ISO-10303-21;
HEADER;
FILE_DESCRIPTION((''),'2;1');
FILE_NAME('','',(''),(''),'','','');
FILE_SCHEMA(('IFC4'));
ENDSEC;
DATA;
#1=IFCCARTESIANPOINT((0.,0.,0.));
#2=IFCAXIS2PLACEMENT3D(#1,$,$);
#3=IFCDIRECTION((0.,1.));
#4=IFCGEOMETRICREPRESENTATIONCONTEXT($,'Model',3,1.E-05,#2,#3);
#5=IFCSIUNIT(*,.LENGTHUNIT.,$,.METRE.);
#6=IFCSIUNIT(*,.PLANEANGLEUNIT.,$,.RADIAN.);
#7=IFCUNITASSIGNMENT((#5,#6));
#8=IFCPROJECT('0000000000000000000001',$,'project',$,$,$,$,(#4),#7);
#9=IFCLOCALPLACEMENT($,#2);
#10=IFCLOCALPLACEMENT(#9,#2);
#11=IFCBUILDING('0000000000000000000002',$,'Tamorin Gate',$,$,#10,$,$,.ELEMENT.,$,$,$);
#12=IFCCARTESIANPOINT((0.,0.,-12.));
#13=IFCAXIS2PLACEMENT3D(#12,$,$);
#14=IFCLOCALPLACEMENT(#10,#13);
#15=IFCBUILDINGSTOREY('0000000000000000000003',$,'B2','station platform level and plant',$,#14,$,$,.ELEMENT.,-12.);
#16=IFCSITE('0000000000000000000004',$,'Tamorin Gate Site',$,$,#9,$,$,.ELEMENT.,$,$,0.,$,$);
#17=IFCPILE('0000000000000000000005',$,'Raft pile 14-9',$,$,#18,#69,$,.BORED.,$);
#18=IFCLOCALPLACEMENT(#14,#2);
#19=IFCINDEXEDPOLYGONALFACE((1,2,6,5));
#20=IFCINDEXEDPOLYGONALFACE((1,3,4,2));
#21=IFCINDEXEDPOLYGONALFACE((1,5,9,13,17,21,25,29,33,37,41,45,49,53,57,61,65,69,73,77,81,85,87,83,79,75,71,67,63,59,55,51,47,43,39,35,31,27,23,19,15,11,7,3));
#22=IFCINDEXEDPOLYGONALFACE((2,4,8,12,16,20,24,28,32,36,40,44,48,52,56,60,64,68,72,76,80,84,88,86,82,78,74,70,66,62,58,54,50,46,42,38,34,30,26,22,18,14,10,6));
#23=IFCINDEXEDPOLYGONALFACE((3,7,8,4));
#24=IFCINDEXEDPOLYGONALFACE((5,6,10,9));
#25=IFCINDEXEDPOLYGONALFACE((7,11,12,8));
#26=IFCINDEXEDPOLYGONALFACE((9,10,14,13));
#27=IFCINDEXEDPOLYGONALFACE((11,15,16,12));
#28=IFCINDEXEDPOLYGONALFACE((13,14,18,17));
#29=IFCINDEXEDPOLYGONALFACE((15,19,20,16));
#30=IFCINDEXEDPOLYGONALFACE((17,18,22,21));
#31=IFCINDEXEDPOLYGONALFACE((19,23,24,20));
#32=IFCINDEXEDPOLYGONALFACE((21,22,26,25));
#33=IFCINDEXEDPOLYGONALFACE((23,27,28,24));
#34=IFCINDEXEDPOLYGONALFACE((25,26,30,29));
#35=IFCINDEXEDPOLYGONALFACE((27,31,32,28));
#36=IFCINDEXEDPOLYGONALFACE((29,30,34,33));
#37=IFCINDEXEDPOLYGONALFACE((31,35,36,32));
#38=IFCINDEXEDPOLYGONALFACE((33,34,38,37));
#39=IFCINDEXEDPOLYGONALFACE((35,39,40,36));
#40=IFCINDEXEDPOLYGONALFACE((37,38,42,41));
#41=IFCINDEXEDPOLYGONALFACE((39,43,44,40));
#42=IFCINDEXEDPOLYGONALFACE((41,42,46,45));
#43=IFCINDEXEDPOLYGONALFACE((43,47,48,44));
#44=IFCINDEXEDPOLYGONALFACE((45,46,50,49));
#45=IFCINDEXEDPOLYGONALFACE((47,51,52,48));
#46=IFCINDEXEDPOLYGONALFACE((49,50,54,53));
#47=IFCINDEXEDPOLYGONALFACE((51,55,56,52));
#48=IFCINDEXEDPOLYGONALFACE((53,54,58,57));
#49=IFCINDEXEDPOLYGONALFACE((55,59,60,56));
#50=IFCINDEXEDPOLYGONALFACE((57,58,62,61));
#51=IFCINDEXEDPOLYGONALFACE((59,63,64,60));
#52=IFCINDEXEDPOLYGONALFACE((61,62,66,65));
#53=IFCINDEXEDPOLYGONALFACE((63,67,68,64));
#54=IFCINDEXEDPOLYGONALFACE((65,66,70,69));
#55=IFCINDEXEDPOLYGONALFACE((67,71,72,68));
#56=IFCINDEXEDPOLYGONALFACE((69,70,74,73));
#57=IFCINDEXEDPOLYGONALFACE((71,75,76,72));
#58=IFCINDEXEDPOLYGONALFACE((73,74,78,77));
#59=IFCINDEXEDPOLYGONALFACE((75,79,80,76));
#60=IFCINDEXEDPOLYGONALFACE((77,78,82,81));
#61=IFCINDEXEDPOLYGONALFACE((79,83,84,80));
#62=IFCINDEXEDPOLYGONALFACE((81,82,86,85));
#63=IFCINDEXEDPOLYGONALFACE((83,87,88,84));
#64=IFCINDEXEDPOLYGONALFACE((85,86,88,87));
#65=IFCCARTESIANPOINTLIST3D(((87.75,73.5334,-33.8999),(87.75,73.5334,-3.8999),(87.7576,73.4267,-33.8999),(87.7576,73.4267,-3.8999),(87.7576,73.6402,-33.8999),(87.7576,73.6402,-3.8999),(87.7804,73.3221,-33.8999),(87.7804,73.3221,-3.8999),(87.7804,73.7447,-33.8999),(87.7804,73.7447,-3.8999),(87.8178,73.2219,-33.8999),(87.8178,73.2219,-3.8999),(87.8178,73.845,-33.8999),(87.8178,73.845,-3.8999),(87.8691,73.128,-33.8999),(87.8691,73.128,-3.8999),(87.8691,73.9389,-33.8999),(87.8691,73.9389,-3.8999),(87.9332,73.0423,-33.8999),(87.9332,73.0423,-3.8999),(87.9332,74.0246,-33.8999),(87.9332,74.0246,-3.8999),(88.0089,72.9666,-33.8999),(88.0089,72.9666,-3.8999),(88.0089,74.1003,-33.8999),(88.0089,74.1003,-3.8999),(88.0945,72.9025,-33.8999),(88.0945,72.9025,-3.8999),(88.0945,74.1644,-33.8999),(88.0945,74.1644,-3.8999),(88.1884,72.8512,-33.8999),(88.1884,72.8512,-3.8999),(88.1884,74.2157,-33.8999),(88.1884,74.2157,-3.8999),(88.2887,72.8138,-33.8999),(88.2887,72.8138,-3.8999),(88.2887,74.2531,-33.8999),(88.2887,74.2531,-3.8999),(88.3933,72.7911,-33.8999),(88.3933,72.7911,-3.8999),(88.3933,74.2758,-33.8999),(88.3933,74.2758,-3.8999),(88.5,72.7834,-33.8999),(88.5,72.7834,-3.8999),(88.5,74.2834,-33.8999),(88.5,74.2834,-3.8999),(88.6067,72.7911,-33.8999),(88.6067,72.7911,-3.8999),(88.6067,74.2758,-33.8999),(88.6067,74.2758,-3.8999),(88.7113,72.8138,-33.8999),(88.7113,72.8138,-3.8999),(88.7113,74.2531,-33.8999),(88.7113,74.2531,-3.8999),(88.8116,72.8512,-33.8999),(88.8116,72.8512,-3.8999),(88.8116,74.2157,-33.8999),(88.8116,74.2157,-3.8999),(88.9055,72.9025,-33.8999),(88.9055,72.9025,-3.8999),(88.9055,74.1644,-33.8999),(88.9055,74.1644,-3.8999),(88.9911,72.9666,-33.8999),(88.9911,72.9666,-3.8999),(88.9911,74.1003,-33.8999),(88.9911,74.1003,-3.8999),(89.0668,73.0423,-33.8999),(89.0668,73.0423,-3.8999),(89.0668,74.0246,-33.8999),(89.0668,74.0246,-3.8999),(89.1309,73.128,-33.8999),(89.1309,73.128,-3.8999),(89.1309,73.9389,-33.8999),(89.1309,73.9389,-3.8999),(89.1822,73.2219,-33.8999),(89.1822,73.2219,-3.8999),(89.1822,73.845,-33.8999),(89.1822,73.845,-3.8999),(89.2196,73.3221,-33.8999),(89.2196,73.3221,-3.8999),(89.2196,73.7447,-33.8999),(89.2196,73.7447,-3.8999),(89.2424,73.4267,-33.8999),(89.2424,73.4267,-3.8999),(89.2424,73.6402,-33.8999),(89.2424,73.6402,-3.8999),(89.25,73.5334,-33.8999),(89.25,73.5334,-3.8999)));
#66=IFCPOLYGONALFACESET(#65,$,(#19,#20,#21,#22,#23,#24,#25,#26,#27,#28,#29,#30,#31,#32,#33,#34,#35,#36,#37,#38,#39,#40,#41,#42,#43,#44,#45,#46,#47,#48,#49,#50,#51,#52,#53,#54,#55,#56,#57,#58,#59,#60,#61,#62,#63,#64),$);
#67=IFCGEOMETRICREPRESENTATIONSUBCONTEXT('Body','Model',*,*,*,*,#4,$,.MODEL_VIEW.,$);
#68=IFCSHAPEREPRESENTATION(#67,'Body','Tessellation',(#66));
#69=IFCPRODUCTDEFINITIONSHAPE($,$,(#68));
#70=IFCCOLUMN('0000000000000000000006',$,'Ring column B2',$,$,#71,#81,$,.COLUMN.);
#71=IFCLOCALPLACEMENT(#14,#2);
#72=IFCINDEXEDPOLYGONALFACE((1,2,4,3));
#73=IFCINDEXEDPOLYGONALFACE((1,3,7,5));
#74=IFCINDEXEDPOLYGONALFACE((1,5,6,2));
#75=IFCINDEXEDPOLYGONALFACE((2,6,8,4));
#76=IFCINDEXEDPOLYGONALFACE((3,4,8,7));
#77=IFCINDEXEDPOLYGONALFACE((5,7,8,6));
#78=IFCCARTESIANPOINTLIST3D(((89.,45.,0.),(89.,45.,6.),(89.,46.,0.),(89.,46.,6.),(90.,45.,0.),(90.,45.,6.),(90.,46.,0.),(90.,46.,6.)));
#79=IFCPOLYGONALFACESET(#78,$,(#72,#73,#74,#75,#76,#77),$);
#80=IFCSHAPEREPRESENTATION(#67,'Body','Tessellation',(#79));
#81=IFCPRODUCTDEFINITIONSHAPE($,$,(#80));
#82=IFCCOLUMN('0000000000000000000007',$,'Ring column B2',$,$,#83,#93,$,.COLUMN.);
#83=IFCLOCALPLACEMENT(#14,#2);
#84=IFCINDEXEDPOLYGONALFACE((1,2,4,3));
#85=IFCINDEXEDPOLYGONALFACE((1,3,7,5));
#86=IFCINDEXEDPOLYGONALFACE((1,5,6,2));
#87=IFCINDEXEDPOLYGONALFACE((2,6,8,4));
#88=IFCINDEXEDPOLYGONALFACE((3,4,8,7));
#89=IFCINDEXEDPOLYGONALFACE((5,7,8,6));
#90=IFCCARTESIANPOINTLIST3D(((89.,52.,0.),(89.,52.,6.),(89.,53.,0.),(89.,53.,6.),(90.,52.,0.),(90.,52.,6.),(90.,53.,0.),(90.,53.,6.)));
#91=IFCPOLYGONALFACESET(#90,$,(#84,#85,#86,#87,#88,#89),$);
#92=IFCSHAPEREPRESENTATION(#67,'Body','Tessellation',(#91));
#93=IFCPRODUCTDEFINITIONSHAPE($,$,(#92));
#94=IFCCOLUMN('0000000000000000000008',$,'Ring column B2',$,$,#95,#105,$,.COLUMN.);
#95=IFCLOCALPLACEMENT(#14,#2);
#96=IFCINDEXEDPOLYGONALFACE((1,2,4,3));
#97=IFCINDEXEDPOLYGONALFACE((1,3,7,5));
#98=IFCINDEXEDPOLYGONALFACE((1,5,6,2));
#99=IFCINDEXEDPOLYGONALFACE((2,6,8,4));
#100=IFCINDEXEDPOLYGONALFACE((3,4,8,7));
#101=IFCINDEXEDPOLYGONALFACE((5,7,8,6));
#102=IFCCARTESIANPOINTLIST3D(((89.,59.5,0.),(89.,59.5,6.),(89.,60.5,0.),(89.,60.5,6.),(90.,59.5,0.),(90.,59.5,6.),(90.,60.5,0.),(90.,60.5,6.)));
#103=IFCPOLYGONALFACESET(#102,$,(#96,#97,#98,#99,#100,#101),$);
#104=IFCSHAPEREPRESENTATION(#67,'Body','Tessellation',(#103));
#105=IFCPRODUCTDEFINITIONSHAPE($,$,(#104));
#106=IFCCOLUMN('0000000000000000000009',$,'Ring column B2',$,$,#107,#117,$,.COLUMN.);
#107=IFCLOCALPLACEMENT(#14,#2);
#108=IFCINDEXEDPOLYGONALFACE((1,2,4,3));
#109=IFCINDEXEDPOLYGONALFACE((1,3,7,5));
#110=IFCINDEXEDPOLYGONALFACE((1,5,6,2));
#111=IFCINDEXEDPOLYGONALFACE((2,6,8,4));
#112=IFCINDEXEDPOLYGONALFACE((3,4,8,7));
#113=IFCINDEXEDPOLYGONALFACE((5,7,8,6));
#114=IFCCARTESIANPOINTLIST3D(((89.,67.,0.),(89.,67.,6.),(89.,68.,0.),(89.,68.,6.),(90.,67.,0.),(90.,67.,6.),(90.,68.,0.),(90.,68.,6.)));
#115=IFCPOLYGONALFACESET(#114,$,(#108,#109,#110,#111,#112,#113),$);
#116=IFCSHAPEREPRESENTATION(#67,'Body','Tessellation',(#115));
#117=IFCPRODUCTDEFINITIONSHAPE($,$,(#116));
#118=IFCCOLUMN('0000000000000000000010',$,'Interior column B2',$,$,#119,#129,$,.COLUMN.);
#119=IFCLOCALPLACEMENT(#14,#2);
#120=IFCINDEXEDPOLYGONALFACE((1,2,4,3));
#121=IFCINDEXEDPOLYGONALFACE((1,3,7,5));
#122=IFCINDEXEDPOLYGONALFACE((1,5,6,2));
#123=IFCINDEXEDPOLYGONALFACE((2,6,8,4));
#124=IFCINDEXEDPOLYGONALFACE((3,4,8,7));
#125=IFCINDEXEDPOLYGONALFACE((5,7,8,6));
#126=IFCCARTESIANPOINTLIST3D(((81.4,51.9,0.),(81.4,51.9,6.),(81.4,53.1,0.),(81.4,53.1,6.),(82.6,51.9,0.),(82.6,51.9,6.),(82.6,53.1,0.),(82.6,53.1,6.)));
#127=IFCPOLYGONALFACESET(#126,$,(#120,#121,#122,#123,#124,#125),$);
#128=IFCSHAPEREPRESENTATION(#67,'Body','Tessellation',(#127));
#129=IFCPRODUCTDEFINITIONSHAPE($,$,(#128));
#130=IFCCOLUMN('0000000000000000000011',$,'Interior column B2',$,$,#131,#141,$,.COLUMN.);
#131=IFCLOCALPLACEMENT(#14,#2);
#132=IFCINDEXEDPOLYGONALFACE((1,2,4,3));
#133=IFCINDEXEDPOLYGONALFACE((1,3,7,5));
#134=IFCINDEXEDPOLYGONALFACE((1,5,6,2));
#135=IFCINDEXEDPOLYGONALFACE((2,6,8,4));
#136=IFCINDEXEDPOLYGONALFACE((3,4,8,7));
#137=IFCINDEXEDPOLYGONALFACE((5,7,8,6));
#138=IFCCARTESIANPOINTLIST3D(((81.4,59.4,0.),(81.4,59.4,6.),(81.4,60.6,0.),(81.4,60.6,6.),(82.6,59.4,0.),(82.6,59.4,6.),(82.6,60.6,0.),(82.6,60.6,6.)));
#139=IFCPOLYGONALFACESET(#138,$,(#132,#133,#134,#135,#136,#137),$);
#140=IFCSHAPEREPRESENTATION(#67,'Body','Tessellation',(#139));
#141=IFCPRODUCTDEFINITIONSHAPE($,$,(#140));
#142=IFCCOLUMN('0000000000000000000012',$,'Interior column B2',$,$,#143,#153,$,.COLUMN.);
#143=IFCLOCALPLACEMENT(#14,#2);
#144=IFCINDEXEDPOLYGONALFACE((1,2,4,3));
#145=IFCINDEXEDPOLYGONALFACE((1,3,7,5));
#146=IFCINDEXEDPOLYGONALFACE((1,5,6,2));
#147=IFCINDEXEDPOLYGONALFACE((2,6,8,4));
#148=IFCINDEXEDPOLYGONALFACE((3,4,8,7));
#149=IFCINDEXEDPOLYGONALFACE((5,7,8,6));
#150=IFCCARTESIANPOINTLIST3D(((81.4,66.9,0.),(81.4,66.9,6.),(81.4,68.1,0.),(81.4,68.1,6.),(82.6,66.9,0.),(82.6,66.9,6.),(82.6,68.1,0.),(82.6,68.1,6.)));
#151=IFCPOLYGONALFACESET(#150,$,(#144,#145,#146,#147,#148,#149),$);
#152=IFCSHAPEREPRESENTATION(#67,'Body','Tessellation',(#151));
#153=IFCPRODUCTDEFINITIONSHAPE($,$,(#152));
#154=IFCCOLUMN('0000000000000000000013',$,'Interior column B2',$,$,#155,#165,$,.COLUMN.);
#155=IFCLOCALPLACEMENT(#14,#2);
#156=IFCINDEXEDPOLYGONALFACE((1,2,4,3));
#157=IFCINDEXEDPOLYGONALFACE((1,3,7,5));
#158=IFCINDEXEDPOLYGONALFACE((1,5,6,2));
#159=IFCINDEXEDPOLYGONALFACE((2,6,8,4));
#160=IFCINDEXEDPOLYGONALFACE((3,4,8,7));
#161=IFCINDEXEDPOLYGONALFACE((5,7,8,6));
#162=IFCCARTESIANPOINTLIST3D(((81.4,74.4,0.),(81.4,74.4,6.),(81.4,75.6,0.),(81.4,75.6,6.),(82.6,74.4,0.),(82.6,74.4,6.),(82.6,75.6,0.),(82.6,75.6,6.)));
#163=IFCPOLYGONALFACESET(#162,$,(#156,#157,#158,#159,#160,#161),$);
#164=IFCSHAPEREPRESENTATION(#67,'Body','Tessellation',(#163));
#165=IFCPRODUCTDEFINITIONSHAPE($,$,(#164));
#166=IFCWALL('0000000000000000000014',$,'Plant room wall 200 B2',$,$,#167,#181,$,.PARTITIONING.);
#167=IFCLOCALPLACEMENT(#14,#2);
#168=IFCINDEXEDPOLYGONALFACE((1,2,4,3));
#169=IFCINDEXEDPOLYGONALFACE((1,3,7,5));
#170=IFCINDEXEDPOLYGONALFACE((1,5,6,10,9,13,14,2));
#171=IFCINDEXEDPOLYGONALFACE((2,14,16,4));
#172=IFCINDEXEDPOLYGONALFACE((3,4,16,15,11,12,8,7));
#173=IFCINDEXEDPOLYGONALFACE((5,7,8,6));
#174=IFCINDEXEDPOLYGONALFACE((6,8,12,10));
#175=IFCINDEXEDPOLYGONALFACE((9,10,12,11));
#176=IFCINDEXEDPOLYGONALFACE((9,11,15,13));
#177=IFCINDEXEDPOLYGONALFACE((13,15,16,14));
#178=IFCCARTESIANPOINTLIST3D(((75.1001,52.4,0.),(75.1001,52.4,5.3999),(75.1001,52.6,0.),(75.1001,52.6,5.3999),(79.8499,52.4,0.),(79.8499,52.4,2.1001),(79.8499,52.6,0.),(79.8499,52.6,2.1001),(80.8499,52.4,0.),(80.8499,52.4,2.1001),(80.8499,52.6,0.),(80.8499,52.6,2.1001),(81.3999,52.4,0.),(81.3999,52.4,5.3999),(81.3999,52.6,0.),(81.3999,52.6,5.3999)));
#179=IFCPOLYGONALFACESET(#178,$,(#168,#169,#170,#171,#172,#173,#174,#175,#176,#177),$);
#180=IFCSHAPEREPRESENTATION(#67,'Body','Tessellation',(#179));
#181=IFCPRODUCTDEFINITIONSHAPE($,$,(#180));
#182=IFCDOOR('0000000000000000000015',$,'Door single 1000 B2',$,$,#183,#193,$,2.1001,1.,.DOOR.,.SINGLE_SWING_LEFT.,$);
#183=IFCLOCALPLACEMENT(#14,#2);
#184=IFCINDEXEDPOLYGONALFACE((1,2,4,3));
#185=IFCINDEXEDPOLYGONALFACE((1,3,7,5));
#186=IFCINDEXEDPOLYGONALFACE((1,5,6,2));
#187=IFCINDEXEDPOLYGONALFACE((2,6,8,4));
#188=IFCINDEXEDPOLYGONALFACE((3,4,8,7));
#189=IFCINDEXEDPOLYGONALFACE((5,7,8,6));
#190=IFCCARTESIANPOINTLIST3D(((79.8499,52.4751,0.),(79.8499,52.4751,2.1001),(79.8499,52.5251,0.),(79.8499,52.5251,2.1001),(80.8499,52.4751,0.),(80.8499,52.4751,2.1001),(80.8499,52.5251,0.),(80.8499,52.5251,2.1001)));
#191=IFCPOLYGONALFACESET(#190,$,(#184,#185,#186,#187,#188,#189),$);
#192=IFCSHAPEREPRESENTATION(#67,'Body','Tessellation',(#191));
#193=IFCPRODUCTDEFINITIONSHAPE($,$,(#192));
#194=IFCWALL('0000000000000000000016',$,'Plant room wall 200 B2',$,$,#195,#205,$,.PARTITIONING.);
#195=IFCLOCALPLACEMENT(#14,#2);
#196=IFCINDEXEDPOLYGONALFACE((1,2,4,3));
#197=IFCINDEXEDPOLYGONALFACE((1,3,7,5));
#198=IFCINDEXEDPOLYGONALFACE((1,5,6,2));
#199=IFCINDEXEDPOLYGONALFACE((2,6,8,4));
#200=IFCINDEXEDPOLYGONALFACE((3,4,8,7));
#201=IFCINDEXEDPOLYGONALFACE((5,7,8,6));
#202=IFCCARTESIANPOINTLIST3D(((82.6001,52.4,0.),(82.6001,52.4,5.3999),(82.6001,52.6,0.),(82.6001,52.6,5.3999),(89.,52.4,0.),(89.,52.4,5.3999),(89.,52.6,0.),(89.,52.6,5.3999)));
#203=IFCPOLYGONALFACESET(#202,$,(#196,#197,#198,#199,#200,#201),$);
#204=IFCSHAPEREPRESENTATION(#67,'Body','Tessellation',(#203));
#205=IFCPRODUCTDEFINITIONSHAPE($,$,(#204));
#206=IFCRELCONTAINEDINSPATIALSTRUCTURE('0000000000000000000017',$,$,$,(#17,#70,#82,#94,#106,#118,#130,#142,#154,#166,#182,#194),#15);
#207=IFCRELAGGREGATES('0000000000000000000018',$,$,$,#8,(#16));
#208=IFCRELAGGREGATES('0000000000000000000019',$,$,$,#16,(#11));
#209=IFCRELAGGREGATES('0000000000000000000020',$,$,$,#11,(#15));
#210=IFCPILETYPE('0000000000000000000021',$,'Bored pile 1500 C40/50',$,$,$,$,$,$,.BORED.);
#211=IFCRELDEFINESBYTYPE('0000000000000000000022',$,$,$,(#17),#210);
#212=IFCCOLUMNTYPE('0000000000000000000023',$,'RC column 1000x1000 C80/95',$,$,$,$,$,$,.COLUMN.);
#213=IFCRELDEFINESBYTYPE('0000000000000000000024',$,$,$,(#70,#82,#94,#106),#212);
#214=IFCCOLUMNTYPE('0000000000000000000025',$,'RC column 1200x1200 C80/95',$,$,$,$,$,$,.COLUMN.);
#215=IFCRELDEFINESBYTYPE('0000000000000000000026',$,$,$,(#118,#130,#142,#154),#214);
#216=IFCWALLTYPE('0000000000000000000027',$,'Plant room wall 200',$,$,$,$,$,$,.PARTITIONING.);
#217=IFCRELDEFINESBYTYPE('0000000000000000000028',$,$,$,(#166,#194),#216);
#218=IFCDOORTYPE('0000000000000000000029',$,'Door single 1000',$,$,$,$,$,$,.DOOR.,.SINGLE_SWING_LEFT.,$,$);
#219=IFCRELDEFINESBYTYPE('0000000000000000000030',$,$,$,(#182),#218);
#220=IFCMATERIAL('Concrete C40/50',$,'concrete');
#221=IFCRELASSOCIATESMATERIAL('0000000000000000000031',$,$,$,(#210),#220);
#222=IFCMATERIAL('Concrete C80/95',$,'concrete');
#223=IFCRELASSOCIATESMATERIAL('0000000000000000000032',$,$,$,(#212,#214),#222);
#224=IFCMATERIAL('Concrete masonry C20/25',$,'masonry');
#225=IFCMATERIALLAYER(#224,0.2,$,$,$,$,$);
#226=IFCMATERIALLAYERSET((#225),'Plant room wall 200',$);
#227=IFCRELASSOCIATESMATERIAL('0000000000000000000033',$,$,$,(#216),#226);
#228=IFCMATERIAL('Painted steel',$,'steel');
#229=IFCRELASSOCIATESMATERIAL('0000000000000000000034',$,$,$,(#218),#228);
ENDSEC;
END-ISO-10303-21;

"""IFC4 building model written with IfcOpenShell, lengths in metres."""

from ifc_helpers import new_model, si_unit, direction, frame, frame_2d, origin, origin_2d, place, context, subcontext, project, spatial, rectangle, circle, extrude, material, layer, layer_set, material_profile, profile_set, type_object, element, fill, save


model = new_model("IFC4")

# Units and contexts
model_context = context("Model", 3, precision=1e-05, world=origin(), true_north=direction((0.0, 1.0)))
body_context = subcontext(model_context, "Body", "Model", "MODEL_VIEW")
ifc_project = project(units=[si_unit("LENGTHUNIT", "METRE"), si_unit("PLANEANGLEUNIT", "RADIAN")], contexts=[model_context])

# Site, building, storey
site_placement = place(None, origin())
site = spatial("IfcSite", under=ifc_project, at=site_placement, Name="Tamorin Gate Site", CompositionType="ELEMENT", RefElevation=0.0)
building_placement = place(site_placement, origin())
building = spatial("IfcBuilding", under=site, at=building_placement, Name="Tamorin Gate", CompositionType="ELEMENT")
storey_placement = place(building_placement, frame((0.0, 0.0, -12.0)))
storey = spatial("IfcBuildingStorey", under=building, at=storey_placement, Name="B2", Description="station platform level and plant", CompositionType="ELEMENT", Elevation=-12.0)

# Pile
ifc_material_1 = material(Name="Concrete C40/50", Category="concrete")
ifc_material_profile_1 = material_profile(ifc_material_1, circle(Radius=0.75, at=origin_2d()))
ifc_profile_set_1 = profile_set([ifc_material_profile_1], Name="Concrete C40/50")
pile_type = type_object("IfcPileType", Name="Bored pile 1500 C40/50", PredefinedType="BORED", material=ifc_profile_set_1)
for number, where, z_axis, x_axis, name in (
    (1, (88.5, 73.5334, -3.8999), (0.0, 0.0, -1.0), (1.0, 0.0, 0.0), "Raft pile 14-9"),
):
    element("IfcPile", number, at=place(storey_placement, frame(where, z_axis=z_axis, x_axis=x_axis)), inside=storey, type_object=pile_type, Name=name, PredefinedType="BORED", context=body_context, shape_type="SweptSolid", body=[
        extrude(circle(Radius=0.75, at=origin_2d()), origin(), (0.0, 0.0, 1.0), 30.0),
    ])

# Columns
ifc_material_2 = material(Name="Concrete C80/95", Category="concrete")
ifc_material_profile_2 = material_profile(ifc_material_2, rectangle(XDim=1.0, YDim=1.0, at=origin_2d()), Name="RC 1000x1000")
ifc_profile_set_2 = profile_set([ifc_material_profile_2], Name="Concrete C80/95")
column_type_1 = type_object("IfcColumnType", Name="RC column 1000x1000 C80/95", PredefinedType="COLUMN", material=ifc_profile_set_2)
for number, where, z_axis, x_axis, name in (
    (2, (89.5, 45.5, 0.0), (0.0, 0.0, 1.0), (1.0, 0.0, 0.0), "Ring column B2"),
    (3, (89.5, 52.5, 0.0), (0.0, 0.0, 1.0), (1.0, 0.0, 0.0), "Ring column B2"),
    (4, (89.5, 60.0, 0.0), (0.0, 0.0, 1.0), (1.0, 0.0, 0.0), "Ring column B2"),
    (5, (89.5, 67.5, 0.0), (0.0, 0.0, 1.0), (1.0, 0.0, 0.0), "Ring column B2"),
):
    element("IfcColumn", number, at=place(storey_placement, frame(where, z_axis=z_axis, x_axis=x_axis)), inside=storey, type_object=column_type_1, Name=name, PredefinedType="COLUMN", context=body_context, shape_type="SweptSolid", body=[
        extrude(rectangle(XDim=1.0, YDim=1.0, at=origin_2d()), origin(), (0.0, 0.0, 1.0), 6.0),
    ])
ifc_material_profile_3 = material_profile(ifc_material_2, rectangle(XDim=1.2, YDim=1.2, at=origin_2d()), Name="RC 1200x1200")
ifc_profile_set_3 = profile_set([ifc_material_profile_3], Name="Concrete C80/95")
column_type_2 = type_object("IfcColumnType", Name="RC column 1200x1200 C80/95", PredefinedType="COLUMN", material=ifc_profile_set_3)
for number, where, z_axis, x_axis, name in (
    (6, (82.0, 52.5, 0.0), (0.0, 0.0, 1.0), (1.0, 0.0, 0.0), "Interior column B2"),
    (7, (82.0, 60.0, 0.0), (0.0, 0.0, 1.0), (1.0, 0.0, 0.0), "Interior column B2"),
    (8, (82.0, 67.5, 0.0), (0.0, 0.0, 1.0), (1.0, 0.0, 0.0), "Interior column B2"),
    (9, (82.0, 75.0, 0.0), (0.0, 0.0, 1.0), (1.0, 0.0, 0.0), "Interior column B2"),
):
    element("IfcColumn", number, at=place(storey_placement, frame(where, z_axis=z_axis, x_axis=x_axis)), inside=storey, type_object=column_type_2, Name=name, PredefinedType="COLUMN", context=body_context, shape_type="SweptSolid", body=[
        extrude(rectangle(XDim=1.2, YDim=1.2, at=origin_2d()), origin(), (0.0, 0.0, 1.0), 6.0),
    ])

# Wall, opening, door
ifc_material_3 = material(Name="Concrete masonry C20/25", Category="masonry")
ifc_layer = layer(ifc_material_3, 0.2)
ifc_layer_set = layer_set([ifc_layer], Name="Plant room wall 200")
wall_type = type_object("IfcWallType", Name="Plant room wall 200", PredefinedType="PARTITIONING", material=ifc_layer_set)
wall_placement = place(storey_placement, frame((81.3999, 52.5, 0.0), z_axis=(0.0, 0.0, 1.0), x_axis=(-1.0, 0.0, 0.0)))
wall = element("IfcWall", 10, at=wall_placement, inside=storey, type_object=wall_type, Name="Plant room wall 200 B2", PredefinedType="PARTITIONING", context=body_context, shape_type="SweptSolid", body=[
    extrude(rectangle(XDim=6.2998, YDim=0.2, at=frame_2d((3.1499, 0.0))), origin(), (0.0, 0.0, 1.0), 5.3999),
])
opening_placement = place(wall_placement, frame((0.55, 0.0, 0.0)))
opening = element("IfcOpeningElement", 11, at=opening_placement, cuts=wall, PredefinedType="OPENING", context=body_context, shape_type="SweptSolid", body=[
    extrude(rectangle(XDim=1.0, YDim=2.1001, at=frame_2d((0.5, 1.05))), frame((0.0, 0.1099, 0.0), z_axis=(0.0, -1.0, 0.0), x_axis=(1.0, 0.0, 0.0)), (0.0, 0.0, 1.0), 0.22),
])
ifc_material_4 = material(Name="Painted steel", Category="steel")
door_type = type_object("IfcDoorType", Name="Door single 1000", OperationType="SINGLE_SWING_LEFT", PredefinedType="DOOR", material=ifc_material_4)
door_placement = place(opening_placement, origin())
door = element("IfcDoor", 12, at=door_placement, inside=storey, type_object=door_type, Name="Door single 1000 B2", OperationType="SINGLE_SWING_LEFT", OverallHeight=2.1001, OverallWidth=1.0, PredefinedType="DOOR", context=body_context, shape_type="SweptSolid", body=[
    extrude(rectangle(XDim=1.0, YDim=2.1001, at=frame_2d((0.5, 1.05))), frame((0.0, 0.0249, 0.0), z_axis=(0.0, -1.0, 0.0), x_axis=(1.0, 0.0, 0.0)), (0.0, 0.0, 1.0), 0.05),
])
fill(opening, door)

# Wall
for number, where, z_axis, x_axis, name in (
    (13, (82.6001, 52.5, 0.0), (0.0, 0.0, 1.0), (1.0, 0.0, 0.0), "Plant room wall 200 B2"),
):
    element("IfcWall", number, at=place(storey_placement, frame(where, z_axis=z_axis, x_axis=x_axis)), inside=storey, type_object=wall_type, Name=name, PredefinedType="PARTITIONING", context=body_context, shape_type="SweptSolid", body=[
        extrude(rectangle(XDim=6.3999, YDim=0.2, at=frame_2d((3.2, 0.0))), origin(), (0.0, 0.0, 1.0), 5.3999),
    ])

save(model, "model.ifc")
